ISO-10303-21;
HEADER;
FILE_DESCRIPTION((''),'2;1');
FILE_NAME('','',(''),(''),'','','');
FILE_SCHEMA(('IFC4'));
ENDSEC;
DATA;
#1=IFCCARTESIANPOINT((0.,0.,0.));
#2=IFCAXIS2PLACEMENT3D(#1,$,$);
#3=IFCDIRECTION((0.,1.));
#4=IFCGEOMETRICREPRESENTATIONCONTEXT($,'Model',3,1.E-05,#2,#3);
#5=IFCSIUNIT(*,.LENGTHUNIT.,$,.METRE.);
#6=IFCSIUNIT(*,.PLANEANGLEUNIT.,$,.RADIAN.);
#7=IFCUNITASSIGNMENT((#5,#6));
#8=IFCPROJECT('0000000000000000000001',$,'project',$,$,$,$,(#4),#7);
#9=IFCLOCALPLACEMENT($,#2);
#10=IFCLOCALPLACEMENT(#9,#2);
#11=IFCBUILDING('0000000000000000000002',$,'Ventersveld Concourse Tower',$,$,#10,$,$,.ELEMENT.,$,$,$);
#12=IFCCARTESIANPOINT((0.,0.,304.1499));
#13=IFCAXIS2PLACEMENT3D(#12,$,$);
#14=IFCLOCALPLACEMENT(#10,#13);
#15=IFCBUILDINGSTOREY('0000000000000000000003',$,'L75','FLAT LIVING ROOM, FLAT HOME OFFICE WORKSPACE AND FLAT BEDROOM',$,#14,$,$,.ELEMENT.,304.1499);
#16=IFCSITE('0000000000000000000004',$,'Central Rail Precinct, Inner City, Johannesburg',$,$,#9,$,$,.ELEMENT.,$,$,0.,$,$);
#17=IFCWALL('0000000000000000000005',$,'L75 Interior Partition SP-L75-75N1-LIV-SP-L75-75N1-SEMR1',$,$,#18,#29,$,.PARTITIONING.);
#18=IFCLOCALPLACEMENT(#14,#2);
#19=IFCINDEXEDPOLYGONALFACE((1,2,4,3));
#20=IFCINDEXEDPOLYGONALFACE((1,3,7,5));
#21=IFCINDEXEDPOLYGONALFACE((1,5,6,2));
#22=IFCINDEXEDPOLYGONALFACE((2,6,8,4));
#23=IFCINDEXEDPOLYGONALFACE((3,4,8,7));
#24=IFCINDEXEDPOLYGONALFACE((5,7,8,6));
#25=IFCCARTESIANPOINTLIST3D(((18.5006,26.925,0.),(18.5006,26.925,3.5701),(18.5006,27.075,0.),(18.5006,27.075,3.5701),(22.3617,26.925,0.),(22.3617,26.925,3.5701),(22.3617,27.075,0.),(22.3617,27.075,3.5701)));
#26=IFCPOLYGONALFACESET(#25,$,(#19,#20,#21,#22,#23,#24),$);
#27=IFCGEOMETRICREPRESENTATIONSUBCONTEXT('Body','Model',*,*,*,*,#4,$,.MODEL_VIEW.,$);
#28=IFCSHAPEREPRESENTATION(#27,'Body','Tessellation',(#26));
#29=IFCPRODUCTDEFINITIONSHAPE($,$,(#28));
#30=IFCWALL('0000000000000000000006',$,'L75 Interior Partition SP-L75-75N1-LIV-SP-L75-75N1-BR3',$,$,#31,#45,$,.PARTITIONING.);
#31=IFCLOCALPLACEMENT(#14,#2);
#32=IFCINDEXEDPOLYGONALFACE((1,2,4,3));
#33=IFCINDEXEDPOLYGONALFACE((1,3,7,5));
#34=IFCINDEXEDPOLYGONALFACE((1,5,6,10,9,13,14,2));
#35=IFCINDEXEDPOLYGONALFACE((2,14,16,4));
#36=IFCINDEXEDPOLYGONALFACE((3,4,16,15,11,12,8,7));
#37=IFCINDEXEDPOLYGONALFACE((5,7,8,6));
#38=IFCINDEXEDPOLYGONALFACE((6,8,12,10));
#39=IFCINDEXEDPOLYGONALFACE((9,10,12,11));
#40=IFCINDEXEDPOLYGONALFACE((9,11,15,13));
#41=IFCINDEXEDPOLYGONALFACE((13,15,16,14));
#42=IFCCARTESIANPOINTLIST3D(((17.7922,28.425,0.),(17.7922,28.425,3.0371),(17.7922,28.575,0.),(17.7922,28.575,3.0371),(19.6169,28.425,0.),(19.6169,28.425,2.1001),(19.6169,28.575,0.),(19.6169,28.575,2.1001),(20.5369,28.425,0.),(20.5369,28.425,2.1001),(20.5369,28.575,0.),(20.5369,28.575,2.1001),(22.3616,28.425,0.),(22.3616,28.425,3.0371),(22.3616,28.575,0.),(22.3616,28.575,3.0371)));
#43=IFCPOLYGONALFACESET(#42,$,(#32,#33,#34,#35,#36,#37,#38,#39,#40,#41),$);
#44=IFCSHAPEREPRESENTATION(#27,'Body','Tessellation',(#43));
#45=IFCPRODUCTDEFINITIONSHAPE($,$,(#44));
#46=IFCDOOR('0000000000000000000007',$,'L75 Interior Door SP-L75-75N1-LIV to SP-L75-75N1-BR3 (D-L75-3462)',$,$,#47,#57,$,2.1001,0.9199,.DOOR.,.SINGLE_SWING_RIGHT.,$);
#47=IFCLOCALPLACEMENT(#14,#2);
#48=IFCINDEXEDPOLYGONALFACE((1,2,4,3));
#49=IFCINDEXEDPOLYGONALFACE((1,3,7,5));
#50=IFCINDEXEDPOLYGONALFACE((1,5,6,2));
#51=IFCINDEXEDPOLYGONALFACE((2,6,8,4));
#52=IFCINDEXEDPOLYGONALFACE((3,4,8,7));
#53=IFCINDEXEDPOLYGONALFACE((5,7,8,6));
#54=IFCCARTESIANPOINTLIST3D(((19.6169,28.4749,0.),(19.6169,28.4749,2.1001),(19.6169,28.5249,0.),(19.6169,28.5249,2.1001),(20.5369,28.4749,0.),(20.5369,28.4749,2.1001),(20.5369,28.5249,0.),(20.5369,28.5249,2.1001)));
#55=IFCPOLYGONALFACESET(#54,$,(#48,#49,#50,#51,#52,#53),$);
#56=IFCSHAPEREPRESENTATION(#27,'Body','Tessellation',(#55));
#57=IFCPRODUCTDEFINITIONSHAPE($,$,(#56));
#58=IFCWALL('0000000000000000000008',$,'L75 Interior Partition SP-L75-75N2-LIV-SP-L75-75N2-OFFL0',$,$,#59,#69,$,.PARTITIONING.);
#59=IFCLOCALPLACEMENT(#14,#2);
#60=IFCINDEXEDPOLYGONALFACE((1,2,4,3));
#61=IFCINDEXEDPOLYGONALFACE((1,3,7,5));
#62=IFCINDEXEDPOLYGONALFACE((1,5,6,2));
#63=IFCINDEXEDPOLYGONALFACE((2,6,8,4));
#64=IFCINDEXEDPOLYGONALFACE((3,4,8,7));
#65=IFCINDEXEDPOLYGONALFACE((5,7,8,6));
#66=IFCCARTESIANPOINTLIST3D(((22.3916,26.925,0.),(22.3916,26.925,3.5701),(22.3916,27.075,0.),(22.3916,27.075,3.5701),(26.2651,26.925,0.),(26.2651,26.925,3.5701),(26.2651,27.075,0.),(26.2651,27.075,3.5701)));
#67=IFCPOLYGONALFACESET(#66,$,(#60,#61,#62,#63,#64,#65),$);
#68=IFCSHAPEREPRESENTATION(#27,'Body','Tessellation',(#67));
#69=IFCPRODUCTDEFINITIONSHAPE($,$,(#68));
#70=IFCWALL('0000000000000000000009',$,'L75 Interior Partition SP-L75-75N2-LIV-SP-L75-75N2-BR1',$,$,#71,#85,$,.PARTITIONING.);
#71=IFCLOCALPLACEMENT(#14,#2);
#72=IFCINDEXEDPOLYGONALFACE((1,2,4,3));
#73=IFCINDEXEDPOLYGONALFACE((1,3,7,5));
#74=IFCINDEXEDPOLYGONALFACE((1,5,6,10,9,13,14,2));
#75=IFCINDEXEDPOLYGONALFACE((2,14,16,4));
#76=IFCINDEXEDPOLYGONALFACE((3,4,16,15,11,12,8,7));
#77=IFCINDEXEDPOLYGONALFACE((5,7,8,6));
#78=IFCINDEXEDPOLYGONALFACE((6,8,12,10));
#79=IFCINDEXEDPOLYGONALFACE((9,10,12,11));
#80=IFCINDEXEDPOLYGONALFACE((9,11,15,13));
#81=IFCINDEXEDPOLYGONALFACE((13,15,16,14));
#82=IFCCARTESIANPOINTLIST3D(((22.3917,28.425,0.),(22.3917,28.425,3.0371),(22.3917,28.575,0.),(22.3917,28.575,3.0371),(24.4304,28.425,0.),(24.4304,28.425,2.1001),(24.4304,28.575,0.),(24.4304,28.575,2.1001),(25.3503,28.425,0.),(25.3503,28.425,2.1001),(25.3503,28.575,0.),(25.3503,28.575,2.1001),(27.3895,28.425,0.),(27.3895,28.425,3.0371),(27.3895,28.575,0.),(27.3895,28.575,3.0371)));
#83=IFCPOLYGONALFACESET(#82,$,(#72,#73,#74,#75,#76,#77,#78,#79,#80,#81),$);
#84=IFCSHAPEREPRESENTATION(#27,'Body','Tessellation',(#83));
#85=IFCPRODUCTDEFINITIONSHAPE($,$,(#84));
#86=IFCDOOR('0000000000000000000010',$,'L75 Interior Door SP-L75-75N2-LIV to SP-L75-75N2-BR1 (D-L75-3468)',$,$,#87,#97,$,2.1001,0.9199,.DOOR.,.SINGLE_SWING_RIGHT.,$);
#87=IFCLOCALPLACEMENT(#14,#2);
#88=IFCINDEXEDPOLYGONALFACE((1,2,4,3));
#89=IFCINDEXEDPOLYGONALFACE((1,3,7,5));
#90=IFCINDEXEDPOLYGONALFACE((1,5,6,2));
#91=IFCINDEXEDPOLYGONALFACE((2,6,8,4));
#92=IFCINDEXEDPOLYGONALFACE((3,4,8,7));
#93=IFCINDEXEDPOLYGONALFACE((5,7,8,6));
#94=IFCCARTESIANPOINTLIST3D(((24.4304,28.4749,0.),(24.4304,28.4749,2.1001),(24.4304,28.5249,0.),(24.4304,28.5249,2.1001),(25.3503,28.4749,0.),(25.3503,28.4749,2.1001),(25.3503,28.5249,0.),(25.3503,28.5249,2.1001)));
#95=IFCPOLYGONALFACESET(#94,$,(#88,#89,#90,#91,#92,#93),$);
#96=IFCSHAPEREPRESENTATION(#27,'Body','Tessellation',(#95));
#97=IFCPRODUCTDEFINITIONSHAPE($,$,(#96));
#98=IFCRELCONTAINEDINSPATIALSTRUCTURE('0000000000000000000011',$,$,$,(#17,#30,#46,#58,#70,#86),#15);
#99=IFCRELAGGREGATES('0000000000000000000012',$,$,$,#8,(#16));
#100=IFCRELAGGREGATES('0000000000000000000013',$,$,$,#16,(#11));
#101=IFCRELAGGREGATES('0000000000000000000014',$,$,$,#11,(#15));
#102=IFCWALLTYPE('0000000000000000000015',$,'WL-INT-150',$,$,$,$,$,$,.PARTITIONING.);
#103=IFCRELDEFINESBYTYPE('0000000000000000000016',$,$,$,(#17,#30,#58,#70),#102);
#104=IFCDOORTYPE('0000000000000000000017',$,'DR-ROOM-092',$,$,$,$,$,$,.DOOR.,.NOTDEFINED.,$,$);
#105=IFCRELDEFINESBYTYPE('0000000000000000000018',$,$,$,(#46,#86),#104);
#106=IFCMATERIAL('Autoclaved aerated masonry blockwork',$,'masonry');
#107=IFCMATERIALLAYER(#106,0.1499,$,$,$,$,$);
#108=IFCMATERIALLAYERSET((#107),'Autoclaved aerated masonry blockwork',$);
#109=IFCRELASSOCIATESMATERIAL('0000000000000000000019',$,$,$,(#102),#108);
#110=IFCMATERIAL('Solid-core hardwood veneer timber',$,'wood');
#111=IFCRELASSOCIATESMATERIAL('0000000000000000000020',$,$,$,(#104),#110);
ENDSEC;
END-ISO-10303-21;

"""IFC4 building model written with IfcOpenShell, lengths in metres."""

from ifc_helpers import new_model, si_unit, direction, frame, frame_2d, origin, place, context, subcontext, project, spatial, rectangle, extrude, material, layer, layer_set, type_object, element, fill, save


model = new_model("IFC4")

# Units and contexts
model_context = context("Model", 3, precision=1e-05, world=origin(), true_north=direction((0.0, 1.0)))
body_context = subcontext(model_context, "Body", "Model", "MODEL_VIEW")
ifc_project = project(units=[si_unit("LENGTHUNIT", "METRE"), si_unit("PLANEANGLEUNIT", "RADIAN")], contexts=[model_context])

# Site, building, storey
site_placement = place(None, origin())
site = spatial("IfcSite", under=ifc_project, at=site_placement, Name="Central Rail Precinct, Inner City, Johannesburg", CompositionType="ELEMENT", RefElevation=0.0)
building_placement = place(site_placement, origin())
building = spatial("IfcBuilding", under=site, at=building_placement, Name="Ventersveld Concourse Tower", CompositionType="ELEMENT")
storey_placement = place(building_placement, frame((0.0, 0.0, 304.1499)))
storey = spatial("IfcBuildingStorey", under=building, at=storey_placement, Name="L75", Description="FLAT LIVING ROOM, FLAT HOME OFFICE WORKSPACE AND FLAT BEDROOM", CompositionType="ELEMENT", Elevation=304.1499)

# Wall
ifc_material_1 = material(Name="Autoclaved aerated masonry blockwork", Category="masonry")
ifc_layer_1 = layer(ifc_material_1, 0.1499)
ifc_layer_set_1 = layer_set([ifc_layer_1], Name="Autoclaved aerated masonry blockwork")
wall_type_1 = type_object("IfcWallType", Name="WL-INT-150", PredefinedType="PARTITIONING", material=ifc_layer_set_1)
wall_1_placement = place(storey_placement, frame((18.5005, 27.0, 0.0), z_axis=(0.0, 0.0, 1.0), x_axis=(1.0, 0.0, 0.0)))
element("IfcWall", 1, at=wall_1_placement, inside=storey, type_object=wall_type_1, Name="L75 Interior Partition SP-L75-75N1-LIV-SP-L75-75N1-SEMR1", PredefinedType="PARTITIONING", context=body_context, shape_type="SweptSolid", body=[
    extrude(rectangle(XDim=3.8611, YDim=0.1499, at=frame_2d((1.9307, 0.0))), origin(), (0.0, 0.0, 1.0), 3.5701),
])

# Wall, opening, door
wall_2_placement = place(storey_placement, frame((17.7922, 28.5, 0.0), z_axis=(0.0, 0.0, 1.0), x_axis=(1.0, 0.0, 0.0)))
wall_2 = element("IfcWall", 2, at=wall_2_placement, inside=storey, type_object=wall_type_1, Name="L75 Interior Partition SP-L75-75N1-LIV-SP-L75-75N1-BR3", PredefinedType="PARTITIONING", context=body_context, shape_type="SweptSolid", body=[
    extrude(rectangle(XDim=4.5693, YDim=0.1499, at=frame_2d((2.2847, 0.0))), origin(), (0.0, 0.0, 1.0), 3.0371),
])
opening_1_placement = place(wall_2_placement, frame((1.8247, 0.0, 0.0)))
opening_1 = element("IfcOpeningElement", 3, at=opening_1_placement, cuts=wall_2, PredefinedType="OPENING", context=body_context, shape_type="SweptSolid", body=[
    extrude(rectangle(XDim=0.9199, YDim=2.1001, at=frame_2d((0.46, 1.05))), frame((0.0, 0.085, 0.0), z_axis=(0.0, -1.0, 0.0), x_axis=(1.0, 0.0, 0.0)), (0.0, 0.0, 1.0), 0.1699),
])
ifc_material_2 = material(Name="Solid-core hardwood veneer timber", Category="wood")
door_type = type_object("IfcDoorType", Name="DR-ROOM-092", OperationType="NOTDEFINED", PredefinedType="DOOR", material=ifc_material_2)
door_1_placement = place(opening_1_placement, origin())
door_1 = element("IfcDoor", 4, at=door_1_placement, inside=storey, type_object=door_type, Name="L75 Interior Door SP-L75-75N1-LIV to SP-L75-75N1-BR3 (D-L75-3462)", OperationType="SINGLE_SWING_RIGHT", OverallHeight=2.1001, OverallWidth=0.9199, PredefinedType="DOOR", context=body_context, shape_type="SweptSolid", body=[
    extrude(rectangle(XDim=0.9199, YDim=2.1001, at=frame_2d((0.46, 1.05))), frame((0.0, 0.0249, 0.0), z_axis=(0.0, -1.0, 0.0), x_axis=(1.0, 0.0, 0.0)), (0.0, 0.0, 1.0), 0.05),
])
fill(opening_1, door_1)

# Wall
wall_3_placement = place(storey_placement, frame((22.3916, 27.0, 0.0), z_axis=(0.0, 0.0, 1.0), x_axis=(1.0, 0.0, 0.0)))
element("IfcWall", 5, at=wall_3_placement, inside=storey, type_object=wall_type_1, Name="L75 Interior Partition SP-L75-75N2-LIV-SP-L75-75N2-OFFL0", PredefinedType="PARTITIONING", context=body_context, shape_type="SweptSolid", body=[
    extrude(rectangle(XDim=3.8735, YDim=0.1499, at=frame_2d((1.9368, 0.0))), origin(), (0.0, 0.0, 1.0), 3.5701),
])

# Wall, opening, door
wall_4_placement = place(storey_placement, frame((22.3916, 28.5, 0.0), z_axis=(0.0, 0.0, 1.0), x_axis=(1.0, 0.0, 0.0)))
wall_4 = element("IfcWall", 6, at=wall_4_placement, inside=storey, type_object=wall_type_1, Name="L75 Interior Partition SP-L75-75N2-LIV-SP-L75-75N2-BR1", PredefinedType="PARTITIONING", context=body_context, shape_type="SweptSolid", body=[
    extrude(rectangle(XDim=4.9978, YDim=0.1499, at=frame_2d((2.499, 0.0))), origin(), (0.0, 0.0, 1.0), 3.0371),
])
opening_2_placement = place(wall_4_placement, frame((2.0388, 0.0, 0.0)))
opening_2 = element("IfcOpeningElement", 7, at=opening_2_placement, cuts=wall_4, PredefinedType="OPENING", context=body_context, shape_type="SweptSolid", body=[
    extrude(rectangle(XDim=0.9199, YDim=2.1001, at=frame_2d((0.46, 1.05))), frame((0.0, 0.085, 0.0), z_axis=(0.0, -1.0, 0.0), x_axis=(1.0, 0.0, 0.0)), (0.0, 0.0, 1.0), 0.1699),
])
door_2_placement = place(opening_2_placement, origin())
door_2 = element("IfcDoor", 8, at=door_2_placement, inside=storey, type_object=door_type, Name="L75 Interior Door SP-L75-75N2-LIV to SP-L75-75N2-BR1 (D-L75-3468)", OperationType="SINGLE_SWING_RIGHT", OverallHeight=2.1001, OverallWidth=0.9199, PredefinedType="DOOR", context=body_context, shape_type="SweptSolid", body=[
    extrude(rectangle(XDim=0.9199, YDim=2.1001, at=frame_2d((0.46, 1.05))), frame((0.0, 0.0249, 0.0), z_axis=(0.0, -1.0, 0.0), x_axis=(1.0, 0.0, 0.0)), (0.0, 0.0, 1.0), 0.05),
])
fill(opening_2, door_2)

save(model, "model.ifc")
